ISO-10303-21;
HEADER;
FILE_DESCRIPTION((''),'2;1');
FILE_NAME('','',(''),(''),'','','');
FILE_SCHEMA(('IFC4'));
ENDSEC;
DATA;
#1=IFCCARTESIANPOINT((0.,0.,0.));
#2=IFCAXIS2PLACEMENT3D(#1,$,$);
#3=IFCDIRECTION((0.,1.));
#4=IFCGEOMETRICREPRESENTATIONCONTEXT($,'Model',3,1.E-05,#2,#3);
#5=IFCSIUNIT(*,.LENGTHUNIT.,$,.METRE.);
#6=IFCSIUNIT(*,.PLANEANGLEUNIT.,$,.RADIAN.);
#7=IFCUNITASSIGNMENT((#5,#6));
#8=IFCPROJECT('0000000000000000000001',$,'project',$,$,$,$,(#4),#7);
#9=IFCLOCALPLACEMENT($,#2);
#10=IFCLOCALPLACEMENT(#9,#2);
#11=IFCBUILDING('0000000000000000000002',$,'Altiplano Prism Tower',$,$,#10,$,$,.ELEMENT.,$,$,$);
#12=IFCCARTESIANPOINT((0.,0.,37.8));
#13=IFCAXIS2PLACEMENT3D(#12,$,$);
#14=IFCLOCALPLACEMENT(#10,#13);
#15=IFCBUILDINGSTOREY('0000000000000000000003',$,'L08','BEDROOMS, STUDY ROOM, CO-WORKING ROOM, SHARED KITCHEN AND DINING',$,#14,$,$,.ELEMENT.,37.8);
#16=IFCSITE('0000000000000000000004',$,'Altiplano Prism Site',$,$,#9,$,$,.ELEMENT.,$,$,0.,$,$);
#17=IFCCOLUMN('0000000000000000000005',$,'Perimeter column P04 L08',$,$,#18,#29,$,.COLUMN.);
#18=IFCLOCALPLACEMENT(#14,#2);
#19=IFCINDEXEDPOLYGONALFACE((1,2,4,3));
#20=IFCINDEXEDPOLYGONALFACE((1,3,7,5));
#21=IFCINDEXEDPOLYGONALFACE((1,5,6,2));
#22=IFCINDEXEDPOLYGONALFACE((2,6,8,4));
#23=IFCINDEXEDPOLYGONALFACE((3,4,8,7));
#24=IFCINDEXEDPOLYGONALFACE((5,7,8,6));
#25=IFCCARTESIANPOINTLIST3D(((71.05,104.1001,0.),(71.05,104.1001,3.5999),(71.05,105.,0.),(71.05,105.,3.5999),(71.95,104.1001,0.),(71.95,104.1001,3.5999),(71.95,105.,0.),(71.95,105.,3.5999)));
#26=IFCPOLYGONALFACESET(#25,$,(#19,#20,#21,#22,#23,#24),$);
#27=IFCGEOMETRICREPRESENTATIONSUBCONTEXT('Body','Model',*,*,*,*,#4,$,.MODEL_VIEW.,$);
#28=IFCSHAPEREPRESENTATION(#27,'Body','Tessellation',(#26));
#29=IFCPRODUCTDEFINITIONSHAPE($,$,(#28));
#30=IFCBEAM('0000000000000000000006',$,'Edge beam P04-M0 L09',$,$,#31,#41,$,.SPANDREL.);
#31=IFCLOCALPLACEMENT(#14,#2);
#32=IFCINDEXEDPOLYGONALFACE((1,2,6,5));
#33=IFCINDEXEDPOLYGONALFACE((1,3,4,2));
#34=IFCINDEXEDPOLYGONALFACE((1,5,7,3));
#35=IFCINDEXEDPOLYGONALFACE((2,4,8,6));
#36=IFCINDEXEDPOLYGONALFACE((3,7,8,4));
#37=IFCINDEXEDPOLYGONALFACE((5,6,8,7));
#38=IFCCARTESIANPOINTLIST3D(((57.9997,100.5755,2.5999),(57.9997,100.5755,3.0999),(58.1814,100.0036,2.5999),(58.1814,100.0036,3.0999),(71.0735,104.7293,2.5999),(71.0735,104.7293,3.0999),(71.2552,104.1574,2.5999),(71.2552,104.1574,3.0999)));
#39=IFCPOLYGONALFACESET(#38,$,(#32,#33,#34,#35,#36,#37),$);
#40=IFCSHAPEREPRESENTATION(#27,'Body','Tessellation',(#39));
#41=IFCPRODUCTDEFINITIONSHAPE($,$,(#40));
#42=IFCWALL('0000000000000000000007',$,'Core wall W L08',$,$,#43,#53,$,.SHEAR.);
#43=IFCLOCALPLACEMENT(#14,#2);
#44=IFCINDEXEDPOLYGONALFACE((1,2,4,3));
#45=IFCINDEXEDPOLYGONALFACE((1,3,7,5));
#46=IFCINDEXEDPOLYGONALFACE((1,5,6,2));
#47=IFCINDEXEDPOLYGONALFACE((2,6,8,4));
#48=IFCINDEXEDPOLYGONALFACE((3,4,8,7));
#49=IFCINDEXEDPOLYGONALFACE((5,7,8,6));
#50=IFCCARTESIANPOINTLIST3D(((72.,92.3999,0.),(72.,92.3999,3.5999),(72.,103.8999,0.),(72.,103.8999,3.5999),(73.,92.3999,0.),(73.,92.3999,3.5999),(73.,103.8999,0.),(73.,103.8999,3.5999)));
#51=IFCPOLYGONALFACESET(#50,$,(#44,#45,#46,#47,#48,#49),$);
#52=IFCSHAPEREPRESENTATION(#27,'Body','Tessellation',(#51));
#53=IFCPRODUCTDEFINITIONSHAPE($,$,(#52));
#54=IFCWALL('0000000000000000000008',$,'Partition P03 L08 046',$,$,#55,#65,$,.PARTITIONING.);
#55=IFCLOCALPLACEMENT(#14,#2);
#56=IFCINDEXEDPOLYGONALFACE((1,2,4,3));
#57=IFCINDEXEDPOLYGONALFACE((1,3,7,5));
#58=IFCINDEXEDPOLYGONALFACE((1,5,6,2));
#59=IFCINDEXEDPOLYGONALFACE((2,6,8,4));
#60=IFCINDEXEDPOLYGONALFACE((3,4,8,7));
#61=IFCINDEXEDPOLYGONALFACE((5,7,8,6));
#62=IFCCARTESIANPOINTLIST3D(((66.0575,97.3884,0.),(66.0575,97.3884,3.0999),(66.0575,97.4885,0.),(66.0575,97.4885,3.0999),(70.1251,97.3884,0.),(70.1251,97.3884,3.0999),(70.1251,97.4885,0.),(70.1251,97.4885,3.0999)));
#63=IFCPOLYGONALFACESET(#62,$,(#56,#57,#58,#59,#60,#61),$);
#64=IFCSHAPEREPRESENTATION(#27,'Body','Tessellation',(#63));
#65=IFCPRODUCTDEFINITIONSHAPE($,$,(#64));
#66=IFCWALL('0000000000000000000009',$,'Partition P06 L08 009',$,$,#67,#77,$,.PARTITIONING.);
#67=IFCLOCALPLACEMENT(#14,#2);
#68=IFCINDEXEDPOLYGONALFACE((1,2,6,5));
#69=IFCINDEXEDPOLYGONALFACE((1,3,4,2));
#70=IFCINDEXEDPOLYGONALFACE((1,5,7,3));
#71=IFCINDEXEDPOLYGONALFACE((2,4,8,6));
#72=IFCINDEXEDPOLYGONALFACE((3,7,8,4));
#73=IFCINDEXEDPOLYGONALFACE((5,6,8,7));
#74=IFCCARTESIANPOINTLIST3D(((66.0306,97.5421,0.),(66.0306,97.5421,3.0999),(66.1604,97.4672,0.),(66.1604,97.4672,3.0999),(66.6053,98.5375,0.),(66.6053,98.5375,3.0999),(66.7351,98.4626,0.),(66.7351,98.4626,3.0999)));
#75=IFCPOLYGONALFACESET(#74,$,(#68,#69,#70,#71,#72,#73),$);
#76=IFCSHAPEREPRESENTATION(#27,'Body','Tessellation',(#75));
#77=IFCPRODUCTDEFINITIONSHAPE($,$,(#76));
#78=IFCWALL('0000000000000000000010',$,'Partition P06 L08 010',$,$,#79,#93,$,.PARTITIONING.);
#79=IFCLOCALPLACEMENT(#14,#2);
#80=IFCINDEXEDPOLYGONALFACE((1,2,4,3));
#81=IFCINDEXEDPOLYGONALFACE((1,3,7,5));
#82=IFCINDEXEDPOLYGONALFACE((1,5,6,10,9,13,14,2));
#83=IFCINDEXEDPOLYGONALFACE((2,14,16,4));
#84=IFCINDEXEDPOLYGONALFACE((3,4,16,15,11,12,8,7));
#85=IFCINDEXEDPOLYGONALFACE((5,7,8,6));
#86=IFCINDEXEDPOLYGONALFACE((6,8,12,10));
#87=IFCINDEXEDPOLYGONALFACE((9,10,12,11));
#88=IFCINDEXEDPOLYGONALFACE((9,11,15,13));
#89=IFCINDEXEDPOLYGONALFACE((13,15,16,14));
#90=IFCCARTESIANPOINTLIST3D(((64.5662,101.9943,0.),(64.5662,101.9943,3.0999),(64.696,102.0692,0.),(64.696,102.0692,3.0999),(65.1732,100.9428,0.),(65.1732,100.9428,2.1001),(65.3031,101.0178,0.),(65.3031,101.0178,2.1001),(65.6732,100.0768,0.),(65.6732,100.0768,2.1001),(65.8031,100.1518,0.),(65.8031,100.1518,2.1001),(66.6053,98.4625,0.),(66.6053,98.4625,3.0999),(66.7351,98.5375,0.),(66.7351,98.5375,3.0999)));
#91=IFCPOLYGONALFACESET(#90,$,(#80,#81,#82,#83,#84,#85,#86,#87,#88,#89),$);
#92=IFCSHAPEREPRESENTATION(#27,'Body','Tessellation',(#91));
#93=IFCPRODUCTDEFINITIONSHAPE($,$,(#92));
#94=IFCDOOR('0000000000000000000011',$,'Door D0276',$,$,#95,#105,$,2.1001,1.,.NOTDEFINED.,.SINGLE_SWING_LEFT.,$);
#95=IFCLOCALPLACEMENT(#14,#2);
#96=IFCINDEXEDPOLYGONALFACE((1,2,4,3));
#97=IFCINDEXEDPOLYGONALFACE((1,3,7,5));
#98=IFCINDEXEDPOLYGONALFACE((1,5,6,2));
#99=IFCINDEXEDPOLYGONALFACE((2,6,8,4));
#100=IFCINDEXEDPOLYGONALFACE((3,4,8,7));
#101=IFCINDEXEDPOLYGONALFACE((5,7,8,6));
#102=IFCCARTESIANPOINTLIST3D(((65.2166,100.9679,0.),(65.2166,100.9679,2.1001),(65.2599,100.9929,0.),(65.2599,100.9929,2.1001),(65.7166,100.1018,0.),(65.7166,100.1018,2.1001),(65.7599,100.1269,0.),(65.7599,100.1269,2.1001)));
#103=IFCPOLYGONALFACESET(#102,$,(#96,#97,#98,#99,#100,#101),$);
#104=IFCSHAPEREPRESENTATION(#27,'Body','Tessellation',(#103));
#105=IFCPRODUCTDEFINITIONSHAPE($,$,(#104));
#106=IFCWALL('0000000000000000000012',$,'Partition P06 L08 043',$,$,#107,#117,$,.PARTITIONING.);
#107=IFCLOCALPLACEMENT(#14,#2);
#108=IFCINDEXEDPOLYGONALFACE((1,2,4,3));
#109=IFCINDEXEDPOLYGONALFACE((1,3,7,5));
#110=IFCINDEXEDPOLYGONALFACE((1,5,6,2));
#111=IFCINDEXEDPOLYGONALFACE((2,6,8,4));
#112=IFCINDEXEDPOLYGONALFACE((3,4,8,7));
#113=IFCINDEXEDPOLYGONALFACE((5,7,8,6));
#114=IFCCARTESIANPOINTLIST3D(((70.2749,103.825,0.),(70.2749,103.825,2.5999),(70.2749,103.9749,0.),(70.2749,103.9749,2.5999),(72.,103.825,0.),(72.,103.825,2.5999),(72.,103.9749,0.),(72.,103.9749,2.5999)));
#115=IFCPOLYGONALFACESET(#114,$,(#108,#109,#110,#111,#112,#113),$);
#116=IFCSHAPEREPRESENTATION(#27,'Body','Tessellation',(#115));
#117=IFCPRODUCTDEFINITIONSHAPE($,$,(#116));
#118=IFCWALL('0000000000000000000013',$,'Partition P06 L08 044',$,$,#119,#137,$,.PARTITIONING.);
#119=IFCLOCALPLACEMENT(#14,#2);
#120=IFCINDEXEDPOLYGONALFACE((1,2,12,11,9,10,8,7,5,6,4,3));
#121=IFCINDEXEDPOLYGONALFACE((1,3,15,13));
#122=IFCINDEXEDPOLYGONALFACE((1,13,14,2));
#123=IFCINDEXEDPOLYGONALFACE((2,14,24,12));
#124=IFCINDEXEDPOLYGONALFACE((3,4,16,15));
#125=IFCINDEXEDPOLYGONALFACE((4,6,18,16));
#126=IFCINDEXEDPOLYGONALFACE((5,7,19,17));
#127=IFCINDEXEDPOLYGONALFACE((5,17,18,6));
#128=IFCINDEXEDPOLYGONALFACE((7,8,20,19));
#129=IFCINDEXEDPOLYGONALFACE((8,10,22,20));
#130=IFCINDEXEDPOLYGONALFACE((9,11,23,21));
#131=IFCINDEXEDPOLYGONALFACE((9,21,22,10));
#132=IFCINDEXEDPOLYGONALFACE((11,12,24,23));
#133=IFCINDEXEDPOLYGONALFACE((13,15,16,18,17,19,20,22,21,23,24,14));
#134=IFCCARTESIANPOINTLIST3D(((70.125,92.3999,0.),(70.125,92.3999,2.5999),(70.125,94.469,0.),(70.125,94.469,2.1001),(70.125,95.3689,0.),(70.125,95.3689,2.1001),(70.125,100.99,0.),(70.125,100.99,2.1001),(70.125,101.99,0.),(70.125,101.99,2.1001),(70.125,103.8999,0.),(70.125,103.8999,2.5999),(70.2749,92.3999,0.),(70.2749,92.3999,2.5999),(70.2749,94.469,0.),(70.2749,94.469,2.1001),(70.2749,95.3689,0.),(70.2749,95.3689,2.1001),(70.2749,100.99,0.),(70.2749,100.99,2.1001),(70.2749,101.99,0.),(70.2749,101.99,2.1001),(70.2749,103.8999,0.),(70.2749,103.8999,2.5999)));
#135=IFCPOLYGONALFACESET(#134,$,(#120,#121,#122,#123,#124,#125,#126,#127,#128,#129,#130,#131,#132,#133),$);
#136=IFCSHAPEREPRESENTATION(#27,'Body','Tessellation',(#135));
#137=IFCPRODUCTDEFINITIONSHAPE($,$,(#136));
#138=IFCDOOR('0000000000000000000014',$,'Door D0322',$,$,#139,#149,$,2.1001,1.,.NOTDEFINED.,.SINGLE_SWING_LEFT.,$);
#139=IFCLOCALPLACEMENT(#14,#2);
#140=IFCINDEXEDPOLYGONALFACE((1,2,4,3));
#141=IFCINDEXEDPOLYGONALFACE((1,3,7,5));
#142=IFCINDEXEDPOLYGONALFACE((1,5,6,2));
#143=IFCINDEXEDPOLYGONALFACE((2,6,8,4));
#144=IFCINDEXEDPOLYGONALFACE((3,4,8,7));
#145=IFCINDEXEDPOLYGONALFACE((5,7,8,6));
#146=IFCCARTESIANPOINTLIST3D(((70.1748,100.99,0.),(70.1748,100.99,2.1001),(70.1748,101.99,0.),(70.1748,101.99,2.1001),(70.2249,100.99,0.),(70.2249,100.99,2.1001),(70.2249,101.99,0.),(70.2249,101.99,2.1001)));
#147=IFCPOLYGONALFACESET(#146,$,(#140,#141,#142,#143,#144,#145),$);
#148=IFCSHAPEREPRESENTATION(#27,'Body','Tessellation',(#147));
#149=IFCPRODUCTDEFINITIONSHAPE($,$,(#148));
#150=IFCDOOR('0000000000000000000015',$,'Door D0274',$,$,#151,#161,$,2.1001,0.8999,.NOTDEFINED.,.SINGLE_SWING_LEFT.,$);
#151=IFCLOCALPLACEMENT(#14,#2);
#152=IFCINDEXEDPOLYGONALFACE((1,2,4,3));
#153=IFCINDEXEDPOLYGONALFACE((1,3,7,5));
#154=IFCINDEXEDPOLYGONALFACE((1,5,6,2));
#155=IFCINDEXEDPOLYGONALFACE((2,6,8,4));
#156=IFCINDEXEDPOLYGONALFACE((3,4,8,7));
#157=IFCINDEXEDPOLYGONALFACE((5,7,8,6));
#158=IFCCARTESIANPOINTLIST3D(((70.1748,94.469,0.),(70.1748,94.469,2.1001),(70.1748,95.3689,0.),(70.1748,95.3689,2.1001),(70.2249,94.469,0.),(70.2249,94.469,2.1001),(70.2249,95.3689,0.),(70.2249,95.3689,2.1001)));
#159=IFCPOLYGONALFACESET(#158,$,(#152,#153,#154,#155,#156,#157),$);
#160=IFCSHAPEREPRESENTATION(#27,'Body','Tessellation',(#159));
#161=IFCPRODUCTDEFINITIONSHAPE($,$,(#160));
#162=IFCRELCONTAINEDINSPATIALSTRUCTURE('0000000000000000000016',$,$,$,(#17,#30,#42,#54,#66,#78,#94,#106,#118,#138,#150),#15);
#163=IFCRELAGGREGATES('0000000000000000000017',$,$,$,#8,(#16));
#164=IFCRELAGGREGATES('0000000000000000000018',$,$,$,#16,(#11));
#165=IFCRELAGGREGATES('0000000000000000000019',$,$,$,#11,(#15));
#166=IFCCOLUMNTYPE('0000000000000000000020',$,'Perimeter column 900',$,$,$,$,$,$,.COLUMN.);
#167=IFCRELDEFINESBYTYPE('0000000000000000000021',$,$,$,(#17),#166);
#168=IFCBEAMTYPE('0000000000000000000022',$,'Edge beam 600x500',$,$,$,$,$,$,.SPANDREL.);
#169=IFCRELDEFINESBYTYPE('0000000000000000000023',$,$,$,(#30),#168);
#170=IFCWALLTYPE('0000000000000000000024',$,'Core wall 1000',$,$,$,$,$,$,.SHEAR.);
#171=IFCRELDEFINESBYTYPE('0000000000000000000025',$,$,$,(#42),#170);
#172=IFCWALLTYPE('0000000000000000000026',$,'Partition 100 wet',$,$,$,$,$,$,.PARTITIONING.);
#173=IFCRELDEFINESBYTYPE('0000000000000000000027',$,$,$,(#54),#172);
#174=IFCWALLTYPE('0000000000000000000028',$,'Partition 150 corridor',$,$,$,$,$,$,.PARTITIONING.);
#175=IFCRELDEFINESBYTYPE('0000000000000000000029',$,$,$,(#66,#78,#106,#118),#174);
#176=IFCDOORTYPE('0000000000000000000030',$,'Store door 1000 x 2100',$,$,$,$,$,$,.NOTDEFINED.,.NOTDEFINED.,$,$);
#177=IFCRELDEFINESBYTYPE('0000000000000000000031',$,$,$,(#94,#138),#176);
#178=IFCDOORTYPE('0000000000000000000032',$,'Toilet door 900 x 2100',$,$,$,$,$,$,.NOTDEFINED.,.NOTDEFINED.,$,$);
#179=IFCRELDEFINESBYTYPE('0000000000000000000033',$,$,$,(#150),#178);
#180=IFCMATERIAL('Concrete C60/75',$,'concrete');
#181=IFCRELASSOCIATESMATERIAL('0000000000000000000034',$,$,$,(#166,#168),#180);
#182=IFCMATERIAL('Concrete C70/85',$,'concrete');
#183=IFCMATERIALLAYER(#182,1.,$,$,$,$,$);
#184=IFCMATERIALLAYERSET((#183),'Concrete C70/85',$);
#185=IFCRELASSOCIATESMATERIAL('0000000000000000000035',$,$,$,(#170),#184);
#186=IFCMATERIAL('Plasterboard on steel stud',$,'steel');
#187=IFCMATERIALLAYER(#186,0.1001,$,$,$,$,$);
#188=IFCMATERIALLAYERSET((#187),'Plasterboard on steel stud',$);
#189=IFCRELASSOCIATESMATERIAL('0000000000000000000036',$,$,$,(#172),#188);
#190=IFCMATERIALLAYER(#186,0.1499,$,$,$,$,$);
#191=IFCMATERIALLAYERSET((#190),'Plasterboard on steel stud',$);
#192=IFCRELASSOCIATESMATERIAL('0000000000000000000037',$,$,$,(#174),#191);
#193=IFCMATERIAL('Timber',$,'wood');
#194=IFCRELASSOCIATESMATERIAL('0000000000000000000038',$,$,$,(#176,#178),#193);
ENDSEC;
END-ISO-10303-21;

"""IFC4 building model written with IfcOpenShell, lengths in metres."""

from ifc_helpers import new_model, si_unit, direction, frame, frame_2d, origin, origin_2d, place, context, subcontext, project, spatial, rectangle, extrude, material, layer, layer_set, material_profile, profile_set, type_object, element, fill, save


model = new_model("IFC4")

# Units and contexts
model_context = context("Model", 3, precision=1e-05, world=origin(), true_north=direction((0.0, 1.0)))
body_context = subcontext(model_context, "Body", "Model", "MODEL_VIEW")
ifc_project = project(units=[si_unit("LENGTHUNIT", "METRE"), si_unit("PLANEANGLEUNIT", "RADIAN")], contexts=[model_context])

# Site, building, storey
site_placement = place(None, origin())
site = spatial("IfcSite", under=ifc_project, at=site_placement, Name="Altiplano Prism Site", CompositionType="ELEMENT", RefElevation=0.0)
building_placement = place(site_placement, origin())
building = spatial("IfcBuilding", under=site, at=building_placement, Name="Altiplano Prism Tower", CompositionType="ELEMENT")
storey_placement = place(building_placement, frame((0.0, 0.0, 37.8)))
storey = spatial("IfcBuildingStorey", under=building, at=storey_placement, Name="L08", Description="BEDROOMS, STUDY ROOM, CO-WORKING ROOM, SHARED KITCHEN AND DINING", CompositionType="ELEMENT", Elevation=37.8)

# Column
ifc_material_1 = material(Name="Concrete C60/75", Category="concrete")
ifc_material_profile_1 = material_profile(ifc_material_1, rectangle(XDim=0.8999, YDim=0.8999, at=origin_2d()), Name="Perimeter column 900")
ifc_profile_set_1 = profile_set([ifc_material_profile_1], Name="Concrete C60/75")
column_type = type_object("IfcColumnType", Name="Perimeter column 900", PredefinedType="COLUMN", material=ifc_profile_set_1)
column_placement = place(storey_placement, frame((71.5, 104.55, 0.0), z_axis=(0.0, 0.0, 1.0), x_axis=(1.0, 0.0, 0.0)))
element("IfcColumn", 1, at=column_placement, inside=storey, type_object=column_type, Name="Perimeter column P04 L08", PredefinedType="COLUMN", context=body_context, shape_type="SweptSolid", body=[
    extrude(rectangle(XDim=0.8999, YDim=0.8999, at=origin_2d()), origin(), (0.0, 0.0, 1.0), 3.5999),
])

# Beam
ifc_material_profile_2 = material_profile(ifc_material_1, rectangle(XDim=0.6001, YDim=0.5, at=origin_2d()), Name="Edge beam 600x500")
ifc_profile_set_2 = profile_set([ifc_material_profile_2], Name="Concrete C60/75")
beam_type = type_object("IfcBeamType", Name="Edge beam 600x500", PredefinedType="SPANDREL", material=ifc_profile_set_2)
beam_placement = place(storey_placement, frame((71.1643, 104.4434, 2.8499), z_axis=(-0.953052, -0.302805, 0.0), x_axis=(0.302805, -0.953052, 0.0)))
element("IfcBeam", 2, at=beam_placement, inside=storey, type_object=beam_type, Name="Edge beam P04-M0 L09", PredefinedType="SPANDREL", context=body_context, shape_type="SweptSolid", body=[
    extrude(rectangle(XDim=0.6001, YDim=0.5, at=origin_2d()), origin(), (0.0, 0.0, 1.0), 13.7178),
])

# Walls
ifc_material_2 = material(Name="Concrete C70/85", Category="concrete")
ifc_layer_1 = layer(ifc_material_2, 1.0)
ifc_layer_set_1 = layer_set([ifc_layer_1], Name="Concrete C70/85")
wall_type_1 = type_object("IfcWallType", Name="Core wall 1000", PredefinedType="SHEAR", material=ifc_layer_set_1)
wall_1_placement = place(storey_placement, frame((72.5, 103.8999, 0.0), z_axis=(0.0, 0.0, 1.0), x_axis=(0.0, -1.0, 0.0)))
element("IfcWall", 3, at=wall_1_placement, inside=storey, type_object=wall_type_1, Name="Core wall W L08", PredefinedType="SHEAR", context=body_context, shape_type="SweptSolid", body=[
    extrude(rectangle(XDim=11.5, YDim=1.0, at=frame_2d((5.75, 0.0))), origin(), (0.0, 0.0, 1.0), 3.5999),
])
ifc_material_3 = material(Name="Plasterboard on steel stud", Category="steel")
ifc_layer_2 = layer(ifc_material_3, 0.1001)
ifc_layer_set_2 = layer_set([ifc_layer_2], Name="Plasterboard on steel stud")
wall_type_2 = type_object("IfcWallType", Name="Partition 100 wet", PredefinedType="PARTITIONING", material=ifc_layer_set_2)
wall_2_placement = place(storey_placement, frame((70.125, 97.4385, 0.0), z_axis=(0.0, 0.0, 1.0), x_axis=(-1.0, 0.0, 0.0)))
element("IfcWall", 4, at=wall_2_placement, inside=storey, type_object=wall_type_2, Name="Partition P03 L08 046", PredefinedType="PARTITIONING", context=body_context, shape_type="SweptSolid", body=[
    extrude(rectangle(XDim=4.0676, YDim=0.1001, at=frame_2d((2.0337, 0.0))), origin(), (0.0, 0.0, 1.0), 3.0999),
])
ifc_layer_3 = layer(ifc_material_3, 0.1499)
ifc_layer_set_3 = layer_set([ifc_layer_3], Name="Plasterboard on steel stud")
wall_type_3 = type_object("IfcWallType", Name="Partition 150 corridor", PredefinedType="PARTITIONING", material=ifc_layer_set_3)
wall_3_placement = place(storey_placement, frame((66.0955, 97.5046, 0.0), z_axis=(0.0, 0.0, 1.0), x_axis=(0.500023, 0.866012, 0.0)))
element("IfcWall", 5, at=wall_3_placement, inside=storey, type_object=wall_type_3, Name="Partition P06 L08 009", PredefinedType="PARTITIONING", context=body_context, shape_type="SweptSolid", body=[
    extrude(rectangle(XDim=1.1494, YDim=0.1499, at=frame_2d((0.5747, 0.0))), origin(), (0.0, 0.0, 1.0), 3.0999),
])

# Wall, opening, door
wall_4_placement = place(storey_placement, frame((66.6702, 98.5, 0.0), z_axis=(0.0, 0.0, 1.0), x_axis=(-0.500002, 0.866024, 0.0)))
wall_4 = element("IfcWall", 6, at=wall_4_placement, inside=storey, type_object=wall_type_3, Name="Partition P06 L08 010", PredefinedType="PARTITIONING", context=body_context, shape_type="SweptSolid", body=[
    extrude(rectangle(XDim=4.0781, YDim=0.1499, at=frame_2d((2.0391, 0.0))), origin(), (0.0, 0.0, 1.0), 3.0999),
])
opening_1_placement = place(wall_4_placement, frame((1.864, 0.0, 0.0)))
opening_1 = element("IfcOpeningElement", 7, at=opening_1_placement, cuts=wall_4, PredefinedType="OPENING", context=body_context, shape_type="SweptSolid", body=[
    extrude(rectangle(XDim=1.0, YDim=2.1001, at=frame_2d((0.5, 1.05))), frame((0.0, 0.0854, 0.0), z_axis=(0.0, -1.0, 0.0), x_axis=(1.0, 0.0, 0.0)), (0.0, 0.0, 1.0), 0.1709),
])
ifc_material_4 = material(Name="Timber", Category="wood")
door_type_1 = type_object("IfcDoorType", Name="Store door 1000 x 2100", OperationType="NOTDEFINED", PredefinedType="NOTDEFINED", material=ifc_material_4)
door_1_placement = place(opening_1_placement, origin())
door_1 = element("IfcDoor", 8, at=door_1_placement, inside=storey, type_object=door_type_1, Name="Door D0276", OperationType="SINGLE_SWING_LEFT", OverallHeight=2.1001, OverallWidth=1.0, PredefinedType="NOTDEFINED", context=body_context, shape_type="SweptSolid", body=[
    extrude(rectangle(XDim=1.0, YDim=2.1001, at=frame_2d((0.5, 1.05))), frame((0.0, 0.0249, 0.0), z_axis=(0.0, -1.0, 0.0), x_axis=(1.0, 0.0, 0.0)), (0.0, 0.0, 1.0), 0.05),
])
fill(opening_1, door_1)

# Wall
wall_5_placement = place(storey_placement, frame((72.0, 103.8999, 0.0), z_axis=(0.0, 0.0, 1.0), x_axis=(-1.0, 0.0, 0.0)))
element("IfcWall", 9, at=wall_5_placement, inside=storey, type_object=wall_type_3, Name="Partition P06 L08 043", PredefinedType="PARTITIONING", context=body_context, shape_type="SweptSolid", body=[
    extrude(rectangle(XDim=1.7251, YDim=0.1499, at=frame_2d((0.8625, 0.0))), origin(), (0.0, 0.0, 1.0), 2.5999),
])

# Wall, openings, doors
wall_6_placement = place(storey_placement, frame((70.2, 103.8999, 0.0), z_axis=(0.0, 0.0, 1.0), x_axis=(0.0, -1.0, 0.0)))
wall_6 = element("IfcWall", 10, at=wall_6_placement, inside=storey, type_object=wall_type_3, Name="Partition P06 L08 044", PredefinedType="PARTITIONING", context=body_context, shape_type="SweptSolid", body=[
    extrude(rectangle(XDim=11.5, YDim=0.1499, at=frame_2d((5.75, 0.0))), origin(), (0.0, 0.0, 1.0), 2.5999),
])
opening_2_placement = place(wall_6_placement, frame((8.531, 0.0, 0.0)))
opening_2 = element("IfcOpeningElement", 11, at=opening_2_placement, cuts=wall_6, PredefinedType="OPENING", context=body_context, shape_type="SweptSolid", body=[
    extrude(rectangle(XDim=0.8999, YDim=2.1001, at=frame_2d((0.45, 1.05))), frame((0.0, 0.0854, 0.0), z_axis=(0.0, -1.0, 0.0), x_axis=(1.0, 0.0, 0.0)), (0.0, 0.0, 1.0), 0.1709),
])
opening_3_placement = place(wall_6_placement, frame((1.9099, 0.0, 0.0)))
opening_3 = element("IfcOpeningElement", 12, at=opening_3_placement, cuts=wall_6, PredefinedType="OPENING", context=body_context, shape_type="SweptSolid", body=[
    extrude(rectangle(XDim=1.0, YDim=2.1001, at=frame_2d((0.5, 1.05))), frame((0.0, 0.0854, 0.0), z_axis=(0.0, -1.0, 0.0), x_axis=(1.0, 0.0, 0.0)), (0.0, 0.0, 1.0), 0.1709),
])
door_2_placement = place(opening_3_placement, origin())
door_2 = element("IfcDoor", 13, at=door_2_placement, inside=storey, type_object=door_type_1, Name="Door D0322", OperationType="SINGLE_SWING_LEFT", OverallHeight=2.1001, OverallWidth=1.0, PredefinedType="NOTDEFINED", context=body_context, shape_type="SweptSolid", body=[
    extrude(rectangle(XDim=1.0, YDim=2.1001, at=frame_2d((0.5, 1.05))), frame((0.0, 0.0249, 0.0), z_axis=(0.0, -1.0, 0.0), x_axis=(1.0, 0.0, 0.0)), (0.0, 0.0, 1.0), 0.05),
])
fill(opening_3, door_2)
door_type_2 = type_object("IfcDoorType", Name="Toilet door 900 x 2100", OperationType="NOTDEFINED", PredefinedType="NOTDEFINED", material=ifc_material_4)
door_3_placement = place(opening_2_placement, origin())
door_3 = element("IfcDoor", 14, at=door_3_placement, inside=storey, type_object=door_type_2, Name="Door D0274", OperationType="SINGLE_SWING_LEFT", OverallHeight=2.1001, OverallWidth=0.8999, PredefinedType="NOTDEFINED", context=body_context, shape_type="SweptSolid", body=[
    extrude(rectangle(XDim=0.8999, YDim=2.1001, at=frame_2d((0.45, 1.05))), frame((0.0, 0.0249, 0.0), z_axis=(0.0, -1.0, 0.0), x_axis=(1.0, 0.0, 0.0)), (0.0, 0.0, 1.0), 0.05),
])
fill(opening_2, door_3)

save(model, "model.ifc")
